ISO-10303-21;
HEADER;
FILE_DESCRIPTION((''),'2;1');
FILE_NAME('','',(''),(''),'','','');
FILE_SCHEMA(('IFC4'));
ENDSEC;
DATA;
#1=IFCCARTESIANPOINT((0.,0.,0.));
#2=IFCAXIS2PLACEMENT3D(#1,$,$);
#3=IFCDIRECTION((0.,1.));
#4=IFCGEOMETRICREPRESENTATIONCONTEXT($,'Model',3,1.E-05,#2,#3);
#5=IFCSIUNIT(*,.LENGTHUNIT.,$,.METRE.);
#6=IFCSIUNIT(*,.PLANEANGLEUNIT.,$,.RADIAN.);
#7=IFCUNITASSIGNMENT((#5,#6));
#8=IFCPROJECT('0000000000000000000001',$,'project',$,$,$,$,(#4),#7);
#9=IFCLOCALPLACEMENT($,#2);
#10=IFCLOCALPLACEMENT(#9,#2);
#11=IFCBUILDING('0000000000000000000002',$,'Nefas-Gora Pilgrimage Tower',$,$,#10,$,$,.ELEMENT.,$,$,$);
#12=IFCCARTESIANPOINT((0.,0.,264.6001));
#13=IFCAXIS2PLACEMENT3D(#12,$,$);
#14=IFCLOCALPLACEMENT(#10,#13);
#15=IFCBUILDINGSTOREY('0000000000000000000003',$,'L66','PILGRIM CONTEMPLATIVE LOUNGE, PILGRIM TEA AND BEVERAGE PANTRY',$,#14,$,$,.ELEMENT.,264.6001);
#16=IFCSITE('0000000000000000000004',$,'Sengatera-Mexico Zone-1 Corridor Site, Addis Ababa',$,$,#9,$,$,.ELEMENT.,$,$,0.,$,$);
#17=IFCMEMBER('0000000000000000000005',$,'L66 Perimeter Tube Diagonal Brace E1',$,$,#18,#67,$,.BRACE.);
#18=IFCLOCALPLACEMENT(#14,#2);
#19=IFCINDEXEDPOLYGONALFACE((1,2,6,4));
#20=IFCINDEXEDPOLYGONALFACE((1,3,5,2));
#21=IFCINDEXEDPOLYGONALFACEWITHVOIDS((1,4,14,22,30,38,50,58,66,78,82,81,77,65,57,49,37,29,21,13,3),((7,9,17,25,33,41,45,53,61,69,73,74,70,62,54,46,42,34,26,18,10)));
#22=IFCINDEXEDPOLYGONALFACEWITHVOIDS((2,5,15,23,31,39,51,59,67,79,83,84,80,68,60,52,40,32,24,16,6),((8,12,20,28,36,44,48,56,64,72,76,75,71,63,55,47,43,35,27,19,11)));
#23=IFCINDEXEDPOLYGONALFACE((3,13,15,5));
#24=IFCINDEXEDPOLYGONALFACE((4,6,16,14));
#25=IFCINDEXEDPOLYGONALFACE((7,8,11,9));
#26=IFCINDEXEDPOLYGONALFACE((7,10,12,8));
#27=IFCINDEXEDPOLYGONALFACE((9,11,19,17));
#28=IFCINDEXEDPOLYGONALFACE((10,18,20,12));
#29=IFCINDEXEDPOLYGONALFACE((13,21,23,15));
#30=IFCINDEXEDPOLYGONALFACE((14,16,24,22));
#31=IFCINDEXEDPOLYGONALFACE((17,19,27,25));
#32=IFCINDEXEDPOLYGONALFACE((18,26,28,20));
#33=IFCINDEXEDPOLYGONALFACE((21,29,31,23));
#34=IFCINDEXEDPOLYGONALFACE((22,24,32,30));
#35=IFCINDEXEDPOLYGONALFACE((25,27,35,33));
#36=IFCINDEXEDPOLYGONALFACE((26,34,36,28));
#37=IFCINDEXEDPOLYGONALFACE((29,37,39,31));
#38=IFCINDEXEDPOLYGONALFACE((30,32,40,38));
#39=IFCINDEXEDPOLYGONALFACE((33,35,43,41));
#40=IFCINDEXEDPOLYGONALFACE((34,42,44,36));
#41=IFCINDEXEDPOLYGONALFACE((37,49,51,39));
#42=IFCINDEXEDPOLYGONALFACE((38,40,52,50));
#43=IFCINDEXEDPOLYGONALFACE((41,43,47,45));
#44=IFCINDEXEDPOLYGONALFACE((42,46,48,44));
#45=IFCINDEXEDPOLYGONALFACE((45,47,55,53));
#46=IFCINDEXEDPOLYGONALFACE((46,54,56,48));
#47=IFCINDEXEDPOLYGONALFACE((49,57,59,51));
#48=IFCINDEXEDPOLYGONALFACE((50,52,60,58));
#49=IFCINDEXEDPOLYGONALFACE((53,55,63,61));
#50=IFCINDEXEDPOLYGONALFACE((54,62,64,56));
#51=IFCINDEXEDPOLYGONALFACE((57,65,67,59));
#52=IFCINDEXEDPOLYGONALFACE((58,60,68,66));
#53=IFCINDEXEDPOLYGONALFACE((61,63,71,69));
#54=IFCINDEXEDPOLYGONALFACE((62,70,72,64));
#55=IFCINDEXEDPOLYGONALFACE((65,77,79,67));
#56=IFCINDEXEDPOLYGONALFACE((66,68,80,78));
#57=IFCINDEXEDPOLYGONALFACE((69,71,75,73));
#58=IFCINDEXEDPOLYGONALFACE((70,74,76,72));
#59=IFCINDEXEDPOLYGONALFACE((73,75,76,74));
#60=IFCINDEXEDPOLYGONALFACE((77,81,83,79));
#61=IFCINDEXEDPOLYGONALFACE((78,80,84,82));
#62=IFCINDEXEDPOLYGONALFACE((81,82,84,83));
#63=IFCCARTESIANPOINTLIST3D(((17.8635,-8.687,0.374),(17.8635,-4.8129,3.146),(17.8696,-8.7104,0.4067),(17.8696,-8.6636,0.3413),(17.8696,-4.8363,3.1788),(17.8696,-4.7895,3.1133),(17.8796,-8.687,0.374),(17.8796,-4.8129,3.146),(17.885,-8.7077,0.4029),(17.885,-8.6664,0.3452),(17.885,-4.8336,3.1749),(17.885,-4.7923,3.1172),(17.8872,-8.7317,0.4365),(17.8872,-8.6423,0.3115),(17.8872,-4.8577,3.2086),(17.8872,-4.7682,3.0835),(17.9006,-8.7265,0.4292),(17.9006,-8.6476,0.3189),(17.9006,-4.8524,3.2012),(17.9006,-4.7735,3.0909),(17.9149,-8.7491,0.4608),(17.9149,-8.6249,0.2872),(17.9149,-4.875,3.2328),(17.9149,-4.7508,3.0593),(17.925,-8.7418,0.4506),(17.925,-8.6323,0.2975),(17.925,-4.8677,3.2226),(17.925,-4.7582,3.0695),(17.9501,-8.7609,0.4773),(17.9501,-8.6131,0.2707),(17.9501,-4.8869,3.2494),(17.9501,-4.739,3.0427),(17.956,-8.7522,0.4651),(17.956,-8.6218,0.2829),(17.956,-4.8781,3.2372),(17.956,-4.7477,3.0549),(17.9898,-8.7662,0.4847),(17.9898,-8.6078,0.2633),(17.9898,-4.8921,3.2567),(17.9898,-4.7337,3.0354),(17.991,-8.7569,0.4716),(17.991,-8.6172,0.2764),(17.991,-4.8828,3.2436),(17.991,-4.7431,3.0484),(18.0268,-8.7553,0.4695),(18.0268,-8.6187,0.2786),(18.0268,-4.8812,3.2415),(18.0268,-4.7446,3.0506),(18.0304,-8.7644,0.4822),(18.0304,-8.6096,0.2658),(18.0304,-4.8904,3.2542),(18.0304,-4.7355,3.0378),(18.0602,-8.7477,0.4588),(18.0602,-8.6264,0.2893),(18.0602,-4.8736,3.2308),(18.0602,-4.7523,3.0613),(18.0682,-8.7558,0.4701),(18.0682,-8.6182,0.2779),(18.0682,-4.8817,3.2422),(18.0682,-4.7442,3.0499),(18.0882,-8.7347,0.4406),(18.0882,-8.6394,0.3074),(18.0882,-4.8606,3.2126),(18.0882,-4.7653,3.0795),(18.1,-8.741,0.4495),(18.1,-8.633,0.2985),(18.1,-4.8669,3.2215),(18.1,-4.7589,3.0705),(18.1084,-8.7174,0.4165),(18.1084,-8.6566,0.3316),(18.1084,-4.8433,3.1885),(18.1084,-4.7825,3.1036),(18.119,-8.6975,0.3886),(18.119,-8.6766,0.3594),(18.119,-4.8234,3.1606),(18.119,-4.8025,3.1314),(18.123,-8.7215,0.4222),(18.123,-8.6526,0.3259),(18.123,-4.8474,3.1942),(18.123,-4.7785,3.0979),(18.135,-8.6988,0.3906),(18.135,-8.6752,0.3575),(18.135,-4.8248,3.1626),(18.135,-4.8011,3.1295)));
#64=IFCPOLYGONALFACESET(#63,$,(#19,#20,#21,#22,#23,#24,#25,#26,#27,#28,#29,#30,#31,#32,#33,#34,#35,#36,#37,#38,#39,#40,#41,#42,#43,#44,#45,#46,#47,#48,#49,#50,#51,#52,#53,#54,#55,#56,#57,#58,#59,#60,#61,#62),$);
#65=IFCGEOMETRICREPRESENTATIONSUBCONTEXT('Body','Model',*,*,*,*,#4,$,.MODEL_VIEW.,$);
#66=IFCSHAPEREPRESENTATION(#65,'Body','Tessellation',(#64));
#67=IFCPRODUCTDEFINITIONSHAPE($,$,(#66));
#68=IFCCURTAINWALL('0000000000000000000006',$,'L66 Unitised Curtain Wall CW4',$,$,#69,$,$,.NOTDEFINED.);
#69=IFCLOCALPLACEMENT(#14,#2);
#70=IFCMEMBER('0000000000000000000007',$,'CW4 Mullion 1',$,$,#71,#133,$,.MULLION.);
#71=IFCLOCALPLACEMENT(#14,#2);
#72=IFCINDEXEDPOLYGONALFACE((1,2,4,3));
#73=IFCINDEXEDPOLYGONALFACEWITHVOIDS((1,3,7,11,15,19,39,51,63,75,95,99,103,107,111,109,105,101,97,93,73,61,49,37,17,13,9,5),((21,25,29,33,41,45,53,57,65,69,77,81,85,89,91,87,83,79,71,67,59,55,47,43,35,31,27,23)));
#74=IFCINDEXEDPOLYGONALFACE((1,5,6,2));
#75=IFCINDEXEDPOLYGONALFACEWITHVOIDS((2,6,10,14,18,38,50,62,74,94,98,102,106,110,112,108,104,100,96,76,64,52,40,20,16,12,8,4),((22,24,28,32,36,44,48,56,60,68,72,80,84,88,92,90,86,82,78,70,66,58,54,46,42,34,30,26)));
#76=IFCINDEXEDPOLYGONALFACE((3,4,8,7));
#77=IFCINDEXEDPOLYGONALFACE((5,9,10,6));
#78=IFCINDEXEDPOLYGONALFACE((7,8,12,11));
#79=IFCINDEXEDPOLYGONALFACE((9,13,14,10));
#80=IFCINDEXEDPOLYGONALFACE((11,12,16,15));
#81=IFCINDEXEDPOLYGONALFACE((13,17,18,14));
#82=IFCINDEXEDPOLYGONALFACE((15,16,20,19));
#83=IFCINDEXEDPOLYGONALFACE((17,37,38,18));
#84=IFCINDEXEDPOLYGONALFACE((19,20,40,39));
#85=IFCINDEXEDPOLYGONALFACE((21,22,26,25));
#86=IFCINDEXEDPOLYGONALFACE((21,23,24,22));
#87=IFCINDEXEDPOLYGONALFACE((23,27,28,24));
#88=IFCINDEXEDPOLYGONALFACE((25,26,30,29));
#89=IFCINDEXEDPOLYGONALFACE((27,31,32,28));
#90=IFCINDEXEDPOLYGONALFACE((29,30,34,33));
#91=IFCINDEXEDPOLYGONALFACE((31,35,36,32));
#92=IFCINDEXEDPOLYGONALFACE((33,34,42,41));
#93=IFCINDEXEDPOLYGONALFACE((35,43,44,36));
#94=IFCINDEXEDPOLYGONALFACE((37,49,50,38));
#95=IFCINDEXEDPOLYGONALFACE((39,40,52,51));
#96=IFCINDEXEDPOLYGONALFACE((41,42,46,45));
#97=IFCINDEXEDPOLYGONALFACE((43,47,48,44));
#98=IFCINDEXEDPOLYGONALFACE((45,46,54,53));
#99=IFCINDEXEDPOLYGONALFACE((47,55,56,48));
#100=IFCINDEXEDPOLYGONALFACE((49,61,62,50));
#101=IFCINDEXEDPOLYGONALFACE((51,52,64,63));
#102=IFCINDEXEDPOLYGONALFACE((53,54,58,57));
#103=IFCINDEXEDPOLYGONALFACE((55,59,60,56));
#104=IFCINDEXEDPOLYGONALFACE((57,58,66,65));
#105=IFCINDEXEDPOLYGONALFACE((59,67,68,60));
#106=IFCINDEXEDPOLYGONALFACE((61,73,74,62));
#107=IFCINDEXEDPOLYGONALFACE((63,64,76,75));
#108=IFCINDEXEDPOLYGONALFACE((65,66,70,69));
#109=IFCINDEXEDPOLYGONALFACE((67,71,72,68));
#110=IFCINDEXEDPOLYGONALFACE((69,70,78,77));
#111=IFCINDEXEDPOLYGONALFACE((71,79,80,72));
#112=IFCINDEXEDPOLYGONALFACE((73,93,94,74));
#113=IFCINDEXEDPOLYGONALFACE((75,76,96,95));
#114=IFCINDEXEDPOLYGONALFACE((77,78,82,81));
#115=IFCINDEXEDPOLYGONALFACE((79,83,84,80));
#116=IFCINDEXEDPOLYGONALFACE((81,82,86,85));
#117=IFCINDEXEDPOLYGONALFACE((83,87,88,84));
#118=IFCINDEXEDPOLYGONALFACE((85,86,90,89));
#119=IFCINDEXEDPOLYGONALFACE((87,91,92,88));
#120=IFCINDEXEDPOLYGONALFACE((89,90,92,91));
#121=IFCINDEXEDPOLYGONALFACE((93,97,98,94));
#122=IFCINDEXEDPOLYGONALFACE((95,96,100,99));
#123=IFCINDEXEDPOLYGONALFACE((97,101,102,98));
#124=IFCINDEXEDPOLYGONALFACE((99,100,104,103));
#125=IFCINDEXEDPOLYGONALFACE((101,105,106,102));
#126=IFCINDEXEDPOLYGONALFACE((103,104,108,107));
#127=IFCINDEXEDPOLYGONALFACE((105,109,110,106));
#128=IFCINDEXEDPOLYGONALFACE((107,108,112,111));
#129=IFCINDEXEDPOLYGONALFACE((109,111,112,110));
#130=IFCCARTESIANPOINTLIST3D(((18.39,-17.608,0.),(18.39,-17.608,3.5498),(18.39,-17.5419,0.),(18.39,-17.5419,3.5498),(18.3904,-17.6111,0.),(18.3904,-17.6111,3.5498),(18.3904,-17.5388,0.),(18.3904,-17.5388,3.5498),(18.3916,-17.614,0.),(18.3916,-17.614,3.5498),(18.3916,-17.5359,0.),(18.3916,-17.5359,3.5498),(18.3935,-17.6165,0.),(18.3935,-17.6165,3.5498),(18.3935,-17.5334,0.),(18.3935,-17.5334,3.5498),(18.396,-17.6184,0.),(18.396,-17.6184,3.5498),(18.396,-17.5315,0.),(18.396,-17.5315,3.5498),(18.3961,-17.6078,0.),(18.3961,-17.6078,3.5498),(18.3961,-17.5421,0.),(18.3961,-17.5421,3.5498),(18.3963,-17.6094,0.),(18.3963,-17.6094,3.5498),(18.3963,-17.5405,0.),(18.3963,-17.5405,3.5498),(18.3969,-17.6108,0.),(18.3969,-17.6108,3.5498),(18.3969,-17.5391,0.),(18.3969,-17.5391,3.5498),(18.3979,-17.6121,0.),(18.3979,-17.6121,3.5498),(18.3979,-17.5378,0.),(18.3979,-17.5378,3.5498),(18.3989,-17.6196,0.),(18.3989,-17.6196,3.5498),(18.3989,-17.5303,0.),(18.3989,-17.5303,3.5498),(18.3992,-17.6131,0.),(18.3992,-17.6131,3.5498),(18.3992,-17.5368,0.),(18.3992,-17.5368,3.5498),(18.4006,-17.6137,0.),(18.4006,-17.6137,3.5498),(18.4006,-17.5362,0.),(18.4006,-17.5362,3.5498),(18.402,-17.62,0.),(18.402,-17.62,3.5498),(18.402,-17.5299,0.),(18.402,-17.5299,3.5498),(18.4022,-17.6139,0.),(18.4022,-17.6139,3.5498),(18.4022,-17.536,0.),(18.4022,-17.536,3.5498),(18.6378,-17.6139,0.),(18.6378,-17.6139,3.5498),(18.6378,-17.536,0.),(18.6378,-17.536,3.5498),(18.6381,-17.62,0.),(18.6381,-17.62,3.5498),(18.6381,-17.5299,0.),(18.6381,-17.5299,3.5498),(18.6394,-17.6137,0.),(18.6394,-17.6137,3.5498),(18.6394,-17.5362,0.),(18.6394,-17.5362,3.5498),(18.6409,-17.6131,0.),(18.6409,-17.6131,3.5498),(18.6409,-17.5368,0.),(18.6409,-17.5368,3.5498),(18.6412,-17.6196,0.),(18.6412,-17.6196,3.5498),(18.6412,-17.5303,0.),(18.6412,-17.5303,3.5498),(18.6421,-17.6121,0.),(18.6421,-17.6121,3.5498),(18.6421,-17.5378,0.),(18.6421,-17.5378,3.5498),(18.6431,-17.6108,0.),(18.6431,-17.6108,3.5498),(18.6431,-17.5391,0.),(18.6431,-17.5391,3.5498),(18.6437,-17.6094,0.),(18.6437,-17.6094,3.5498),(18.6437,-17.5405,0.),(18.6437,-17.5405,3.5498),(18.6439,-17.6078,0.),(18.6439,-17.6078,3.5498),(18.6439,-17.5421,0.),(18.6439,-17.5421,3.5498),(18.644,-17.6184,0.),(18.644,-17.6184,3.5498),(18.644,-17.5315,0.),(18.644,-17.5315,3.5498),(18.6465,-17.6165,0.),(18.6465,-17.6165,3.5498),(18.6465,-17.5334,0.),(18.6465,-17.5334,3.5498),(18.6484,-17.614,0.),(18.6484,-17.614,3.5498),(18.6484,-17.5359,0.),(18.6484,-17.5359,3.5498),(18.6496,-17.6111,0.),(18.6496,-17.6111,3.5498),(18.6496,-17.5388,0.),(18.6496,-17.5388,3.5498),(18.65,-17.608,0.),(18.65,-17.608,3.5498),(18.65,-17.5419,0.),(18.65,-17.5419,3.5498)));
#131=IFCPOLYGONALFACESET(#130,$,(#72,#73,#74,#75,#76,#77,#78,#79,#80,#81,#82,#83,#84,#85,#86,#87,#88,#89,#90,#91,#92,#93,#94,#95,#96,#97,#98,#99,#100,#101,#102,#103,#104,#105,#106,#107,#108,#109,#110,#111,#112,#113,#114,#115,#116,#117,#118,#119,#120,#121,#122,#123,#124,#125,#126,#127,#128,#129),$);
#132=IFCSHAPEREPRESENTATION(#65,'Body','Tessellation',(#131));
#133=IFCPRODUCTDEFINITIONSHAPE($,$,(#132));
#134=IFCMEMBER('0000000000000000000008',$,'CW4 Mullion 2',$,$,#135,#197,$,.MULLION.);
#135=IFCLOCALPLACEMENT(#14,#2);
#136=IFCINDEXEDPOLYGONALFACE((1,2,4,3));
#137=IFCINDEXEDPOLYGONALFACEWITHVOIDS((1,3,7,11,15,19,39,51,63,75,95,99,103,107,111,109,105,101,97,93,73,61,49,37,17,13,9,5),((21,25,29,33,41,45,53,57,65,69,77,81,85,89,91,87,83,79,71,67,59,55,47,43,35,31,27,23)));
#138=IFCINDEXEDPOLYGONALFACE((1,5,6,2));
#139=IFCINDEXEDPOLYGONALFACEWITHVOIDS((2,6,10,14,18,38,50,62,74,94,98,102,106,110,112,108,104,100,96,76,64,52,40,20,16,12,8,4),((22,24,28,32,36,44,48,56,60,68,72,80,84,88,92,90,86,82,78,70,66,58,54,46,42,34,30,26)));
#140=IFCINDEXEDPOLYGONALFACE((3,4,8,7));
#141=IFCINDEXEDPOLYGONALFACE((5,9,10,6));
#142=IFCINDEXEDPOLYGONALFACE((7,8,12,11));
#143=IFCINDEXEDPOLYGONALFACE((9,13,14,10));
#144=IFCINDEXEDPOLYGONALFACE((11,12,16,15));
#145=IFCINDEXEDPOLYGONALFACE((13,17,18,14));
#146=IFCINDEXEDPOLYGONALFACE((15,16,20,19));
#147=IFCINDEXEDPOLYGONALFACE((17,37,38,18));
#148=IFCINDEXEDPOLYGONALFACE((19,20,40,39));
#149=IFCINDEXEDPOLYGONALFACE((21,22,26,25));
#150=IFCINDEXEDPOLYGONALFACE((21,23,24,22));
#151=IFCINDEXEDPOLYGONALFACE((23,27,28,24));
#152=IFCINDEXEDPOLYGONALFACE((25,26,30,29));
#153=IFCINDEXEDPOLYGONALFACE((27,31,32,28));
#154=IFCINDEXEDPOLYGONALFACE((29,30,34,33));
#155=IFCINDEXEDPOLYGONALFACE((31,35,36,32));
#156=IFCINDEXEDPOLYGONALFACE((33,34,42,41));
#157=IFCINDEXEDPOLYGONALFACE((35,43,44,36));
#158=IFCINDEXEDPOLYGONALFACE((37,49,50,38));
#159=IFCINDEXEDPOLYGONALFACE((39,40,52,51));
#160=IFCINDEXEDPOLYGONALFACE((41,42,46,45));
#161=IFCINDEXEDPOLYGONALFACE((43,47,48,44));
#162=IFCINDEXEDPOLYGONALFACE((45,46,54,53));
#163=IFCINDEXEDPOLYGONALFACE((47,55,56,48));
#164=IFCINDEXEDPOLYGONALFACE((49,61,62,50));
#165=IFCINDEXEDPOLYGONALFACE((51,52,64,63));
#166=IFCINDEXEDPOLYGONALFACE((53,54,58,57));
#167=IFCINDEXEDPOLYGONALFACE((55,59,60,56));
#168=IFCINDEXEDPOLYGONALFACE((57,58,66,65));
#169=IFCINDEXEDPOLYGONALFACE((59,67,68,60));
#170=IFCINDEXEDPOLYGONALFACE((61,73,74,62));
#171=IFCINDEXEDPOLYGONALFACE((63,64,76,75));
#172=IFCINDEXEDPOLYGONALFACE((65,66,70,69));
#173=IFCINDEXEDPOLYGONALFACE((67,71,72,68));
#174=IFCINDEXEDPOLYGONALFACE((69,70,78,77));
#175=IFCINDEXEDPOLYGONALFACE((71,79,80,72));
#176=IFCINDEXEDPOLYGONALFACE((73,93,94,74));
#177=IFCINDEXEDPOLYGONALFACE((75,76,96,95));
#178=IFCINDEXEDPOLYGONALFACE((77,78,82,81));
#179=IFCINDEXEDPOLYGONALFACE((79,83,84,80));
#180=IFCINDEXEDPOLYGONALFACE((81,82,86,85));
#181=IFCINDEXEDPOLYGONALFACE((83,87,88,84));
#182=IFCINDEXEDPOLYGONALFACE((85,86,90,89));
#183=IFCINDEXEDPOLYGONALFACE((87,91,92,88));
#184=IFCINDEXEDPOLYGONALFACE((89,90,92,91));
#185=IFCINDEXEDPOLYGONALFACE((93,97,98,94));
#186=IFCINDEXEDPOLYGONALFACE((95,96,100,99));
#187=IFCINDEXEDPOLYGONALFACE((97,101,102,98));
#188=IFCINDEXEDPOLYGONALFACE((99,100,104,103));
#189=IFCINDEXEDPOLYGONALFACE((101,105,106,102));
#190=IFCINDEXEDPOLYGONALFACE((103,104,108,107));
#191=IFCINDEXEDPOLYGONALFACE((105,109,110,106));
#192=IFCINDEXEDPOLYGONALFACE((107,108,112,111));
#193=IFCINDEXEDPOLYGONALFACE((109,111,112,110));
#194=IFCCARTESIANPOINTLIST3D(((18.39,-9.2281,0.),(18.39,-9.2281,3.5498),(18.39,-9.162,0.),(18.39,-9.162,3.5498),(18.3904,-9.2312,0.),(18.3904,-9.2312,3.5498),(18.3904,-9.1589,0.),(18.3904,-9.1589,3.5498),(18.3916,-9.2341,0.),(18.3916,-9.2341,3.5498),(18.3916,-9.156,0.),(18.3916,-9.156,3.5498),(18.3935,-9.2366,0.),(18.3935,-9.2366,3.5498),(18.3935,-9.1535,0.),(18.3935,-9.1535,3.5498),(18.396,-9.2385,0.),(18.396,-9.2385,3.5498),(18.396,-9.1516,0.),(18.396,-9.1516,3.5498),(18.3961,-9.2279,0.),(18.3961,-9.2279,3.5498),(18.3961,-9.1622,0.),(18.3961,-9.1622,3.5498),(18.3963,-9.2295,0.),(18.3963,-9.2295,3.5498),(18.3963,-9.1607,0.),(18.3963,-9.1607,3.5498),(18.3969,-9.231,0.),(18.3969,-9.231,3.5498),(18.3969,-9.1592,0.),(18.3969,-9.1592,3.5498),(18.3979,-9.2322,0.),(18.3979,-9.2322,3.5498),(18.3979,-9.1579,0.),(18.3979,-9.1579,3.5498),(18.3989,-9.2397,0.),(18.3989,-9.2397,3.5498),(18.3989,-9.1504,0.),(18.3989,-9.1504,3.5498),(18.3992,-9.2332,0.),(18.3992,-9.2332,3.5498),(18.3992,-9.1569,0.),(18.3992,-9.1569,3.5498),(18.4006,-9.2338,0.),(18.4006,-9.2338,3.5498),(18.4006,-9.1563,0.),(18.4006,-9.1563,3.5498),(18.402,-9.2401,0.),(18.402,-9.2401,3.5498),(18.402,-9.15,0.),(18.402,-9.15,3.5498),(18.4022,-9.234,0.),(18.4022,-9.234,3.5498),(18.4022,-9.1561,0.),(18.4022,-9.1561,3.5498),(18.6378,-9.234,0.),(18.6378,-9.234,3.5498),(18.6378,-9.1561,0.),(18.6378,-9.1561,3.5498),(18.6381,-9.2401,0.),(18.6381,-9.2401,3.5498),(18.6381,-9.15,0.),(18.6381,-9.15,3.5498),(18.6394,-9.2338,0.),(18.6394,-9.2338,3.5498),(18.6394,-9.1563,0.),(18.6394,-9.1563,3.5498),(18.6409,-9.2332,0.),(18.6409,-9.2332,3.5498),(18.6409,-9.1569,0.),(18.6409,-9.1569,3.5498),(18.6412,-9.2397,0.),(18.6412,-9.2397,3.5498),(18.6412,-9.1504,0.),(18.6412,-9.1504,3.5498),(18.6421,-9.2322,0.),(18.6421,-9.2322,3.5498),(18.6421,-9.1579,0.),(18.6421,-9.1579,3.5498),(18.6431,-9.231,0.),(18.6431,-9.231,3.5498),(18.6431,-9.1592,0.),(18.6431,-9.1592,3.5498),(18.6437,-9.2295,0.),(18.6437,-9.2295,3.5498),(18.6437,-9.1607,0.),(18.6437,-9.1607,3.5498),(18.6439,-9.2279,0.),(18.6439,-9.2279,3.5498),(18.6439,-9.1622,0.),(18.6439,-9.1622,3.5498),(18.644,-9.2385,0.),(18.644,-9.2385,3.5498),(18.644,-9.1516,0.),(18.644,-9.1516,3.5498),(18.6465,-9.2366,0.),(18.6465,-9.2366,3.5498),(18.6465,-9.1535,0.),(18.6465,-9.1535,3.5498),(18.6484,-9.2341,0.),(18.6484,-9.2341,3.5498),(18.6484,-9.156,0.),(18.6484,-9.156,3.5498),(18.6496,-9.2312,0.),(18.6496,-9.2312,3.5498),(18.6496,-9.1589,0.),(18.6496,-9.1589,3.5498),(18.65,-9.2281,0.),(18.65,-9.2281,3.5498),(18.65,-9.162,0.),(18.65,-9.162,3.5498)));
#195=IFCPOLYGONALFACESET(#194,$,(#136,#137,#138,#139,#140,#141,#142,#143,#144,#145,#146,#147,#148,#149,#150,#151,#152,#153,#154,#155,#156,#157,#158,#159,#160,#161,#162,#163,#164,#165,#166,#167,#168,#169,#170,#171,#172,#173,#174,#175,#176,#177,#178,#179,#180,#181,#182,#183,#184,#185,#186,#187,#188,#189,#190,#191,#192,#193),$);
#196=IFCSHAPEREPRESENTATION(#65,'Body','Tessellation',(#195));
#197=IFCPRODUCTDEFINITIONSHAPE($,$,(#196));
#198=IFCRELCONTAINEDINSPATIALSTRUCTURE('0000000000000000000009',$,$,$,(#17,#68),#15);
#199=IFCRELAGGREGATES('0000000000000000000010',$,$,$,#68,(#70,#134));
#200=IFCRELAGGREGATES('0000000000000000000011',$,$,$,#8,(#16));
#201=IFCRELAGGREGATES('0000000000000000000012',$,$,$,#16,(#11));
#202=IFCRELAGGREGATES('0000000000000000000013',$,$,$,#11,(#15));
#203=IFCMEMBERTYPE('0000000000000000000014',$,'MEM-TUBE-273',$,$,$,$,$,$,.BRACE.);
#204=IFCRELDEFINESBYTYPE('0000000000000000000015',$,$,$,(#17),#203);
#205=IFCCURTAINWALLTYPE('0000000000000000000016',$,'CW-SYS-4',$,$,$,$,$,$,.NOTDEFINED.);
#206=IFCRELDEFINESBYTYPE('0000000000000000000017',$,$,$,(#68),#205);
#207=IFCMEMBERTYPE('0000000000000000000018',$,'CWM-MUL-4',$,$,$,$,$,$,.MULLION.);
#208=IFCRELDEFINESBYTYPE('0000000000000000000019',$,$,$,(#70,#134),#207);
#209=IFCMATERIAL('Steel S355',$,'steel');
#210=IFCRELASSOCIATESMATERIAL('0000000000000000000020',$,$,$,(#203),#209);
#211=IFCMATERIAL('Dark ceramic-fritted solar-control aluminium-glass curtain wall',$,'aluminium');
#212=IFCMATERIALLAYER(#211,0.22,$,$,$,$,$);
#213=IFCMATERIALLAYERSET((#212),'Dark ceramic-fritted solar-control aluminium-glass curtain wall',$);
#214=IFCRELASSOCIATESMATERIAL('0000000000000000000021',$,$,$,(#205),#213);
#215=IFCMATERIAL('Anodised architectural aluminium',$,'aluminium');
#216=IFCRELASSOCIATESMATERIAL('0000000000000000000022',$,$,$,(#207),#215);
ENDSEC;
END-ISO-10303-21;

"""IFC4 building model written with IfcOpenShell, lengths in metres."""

from ifc_helpers import new_model, si_unit, direction, frame, origin, origin_2d, place, context, subcontext, project, spatial, hollow_rectangle, hollow_circle, extrude, source, transform, mapped, material, layer, layer_set, material_profile, profile_set, type_object, element, aggregate, save


model = new_model("IFC4")

# Units and contexts
model_context = context("Model", 3, precision=1e-05, world=origin(), true_north=direction((0.0, 1.0)))
body_context = subcontext(model_context, "Body", "Model", "MODEL_VIEW")
ifc_project = project(units=[si_unit("LENGTHUNIT", "METRE"), si_unit("PLANEANGLEUNIT", "RADIAN")], contexts=[model_context])

# Site, building, storey
site_placement = place(None, origin())
site = spatial("IfcSite", under=ifc_project, at=site_placement, Name="Sengatera-Mexico Zone-1 Corridor Site, Addis Ababa", CompositionType="ELEMENT", RefElevation=0.0)
building_placement = place(site_placement, origin())
building = spatial("IfcBuilding", under=site, at=building_placement, Name="Nefas-Gora Pilgrimage Tower", CompositionType="ELEMENT")
storey_placement = place(building_placement, frame((0.0, 0.0, 264.6001)))
storey = spatial("IfcBuildingStorey", under=building, at=storey_placement, Name="L66", Description="PILGRIM CONTEMPLATIVE LOUNGE, PILGRIM TEA AND BEVERAGE PANTRY", CompositionType="ELEMENT", Elevation=264.6001)

# Shared definitions
ifc_material_1 = material(Name="Steel S355", Category="steel")

# Member
ifc_material_profile_1 = material_profile(ifc_material_1, hollow_circle(Radius=0.1365, WallThickness=0.0161, at=origin_2d()), Name="CHS 273x16")
ifc_profile_set_1 = profile_set([ifc_material_profile_1], Name="Steel S355")
member_type_1 = type_object("IfcMemberType", Name="MEM-TUBE-273", PredefinedType="BRACE", material=ifc_profile_set_1)
shared_shape_1 = source(origin(), body_context, "Body", "SweptSolid", [
    extrude(hollow_circle(Radius=0.1365, WallThickness=0.0161, at=origin_2d()), origin(), (0.0, 0.0, 1.0), 4.7637),
])
member_1_placement = place(storey_placement, frame((18.0, -8.687, 0.374), z_axis=(0.0, 0.813255, 0.581907), x_axis=(-1.0, 0.0, 0.0)))
element("IfcMember", 1, at=member_1_placement, inside=storey, type_object=member_type_1, Name="L66 Perimeter Tube Diagonal Brace E1", PredefinedType="BRACE", context=body_context, shape_type="MappedRepresentation", body=[
    mapped(shared_shape_1, transform((0.0, 0.0, 0.0), x_axis=(1.0, 0.0, 0.0), y_axis=(0.0, 1.0, 0.0), z_axis=(0.0, 0.0, 1.0), scale=1.0)),
])

# Curtain wall, members
ifc_material_2 = material(Name="Dark ceramic-fritted solar-control aluminium-glass curtain wall", Category="aluminium")
ifc_layer_1 = layer(ifc_material_2, 0.22)
ifc_layer_set_1 = layer_set([ifc_layer_1], Name="Dark ceramic-fritted solar-control aluminium-glass curtain wall")
curtain_wall_type = type_object("IfcCurtainWallType", Name="CW-SYS-4", PredefinedType="NOTDEFINED", material=ifc_layer_set_1)
curtain_wall_1_placement = place(storey_placement, origin())
curtain_wall_1 = element("IfcCurtainWall", 2, at=curtain_wall_1_placement, inside=storey, type_object=curtain_wall_type, Name="L66 Unitised Curtain Wall CW4", PredefinedType="NOTDEFINED")
ifc_material_3 = material(Name="Anodised architectural aluminium", Category="aluminium")
ifc_material_profile_2 = material_profile(ifc_material_3, hollow_rectangle(XDim=0.0901, YDim=0.26, WallThickness=0.0061, InnerFilletRadius=0.0061, OuterFilletRadius=0.012, at=origin_2d()), Name="ALU MULLION 90x260")
ifc_profile_set_2 = profile_set([ifc_material_profile_2], Name="Anodised architectural aluminium")
member_type_2 = type_object("IfcMemberType", Name="CWM-MUL-4", PredefinedType="MULLION", material=ifc_profile_set_2)
shared_shape_2 = source(origin(), body_context, "Body", "SweptSolid", [
    extrude(hollow_rectangle(XDim=0.0901, YDim=0.26, WallThickness=0.0061, InnerFilletRadius=0.0061, OuterFilletRadius=0.012, at=origin_2d()), origin(), (0.0, 0.0, 1.0), 3.5498),
])
member_2_placement = place(storey_placement, frame((18.52, -17.575, 0.0), z_axis=(0.0, 0.0, 1.0), x_axis=(0.0, 1.0, 0.0)))
member_2 = element("IfcMember", 3, at=member_2_placement, type_object=member_type_2, Name="CW4 Mullion 1", PredefinedType="MULLION", context=body_context, shape_type="MappedRepresentation", body=[
    mapped(shared_shape_2, transform((0.0, 0.0, 0.0), x_axis=(1.0, 0.0, 0.0), y_axis=(0.0, 1.0, 0.0), z_axis=(0.0, 0.0, 1.0), scale=1.0)),
])
member_3_placement = place(storey_placement, frame((18.52, -9.1951, 0.0), z_axis=(0.0, 0.0, 1.0), x_axis=(0.0, 1.0, 0.0)))
member_3 = element("IfcMember", 4, at=member_3_placement, type_object=member_type_2, Name="CW4 Mullion 2", PredefinedType="MULLION", context=body_context, shape_type="MappedRepresentation", body=[
    mapped(shared_shape_2, transform((0.0, 0.0, 0.0), x_axis=(1.0, 0.0, 0.0), y_axis=(0.0, 1.0, 0.0), z_axis=(0.0, 0.0, 1.0), scale=1.0)),
])

aggregate(curtain_wall_1, [member_2, member_3])

save(model, "model.ifc")
